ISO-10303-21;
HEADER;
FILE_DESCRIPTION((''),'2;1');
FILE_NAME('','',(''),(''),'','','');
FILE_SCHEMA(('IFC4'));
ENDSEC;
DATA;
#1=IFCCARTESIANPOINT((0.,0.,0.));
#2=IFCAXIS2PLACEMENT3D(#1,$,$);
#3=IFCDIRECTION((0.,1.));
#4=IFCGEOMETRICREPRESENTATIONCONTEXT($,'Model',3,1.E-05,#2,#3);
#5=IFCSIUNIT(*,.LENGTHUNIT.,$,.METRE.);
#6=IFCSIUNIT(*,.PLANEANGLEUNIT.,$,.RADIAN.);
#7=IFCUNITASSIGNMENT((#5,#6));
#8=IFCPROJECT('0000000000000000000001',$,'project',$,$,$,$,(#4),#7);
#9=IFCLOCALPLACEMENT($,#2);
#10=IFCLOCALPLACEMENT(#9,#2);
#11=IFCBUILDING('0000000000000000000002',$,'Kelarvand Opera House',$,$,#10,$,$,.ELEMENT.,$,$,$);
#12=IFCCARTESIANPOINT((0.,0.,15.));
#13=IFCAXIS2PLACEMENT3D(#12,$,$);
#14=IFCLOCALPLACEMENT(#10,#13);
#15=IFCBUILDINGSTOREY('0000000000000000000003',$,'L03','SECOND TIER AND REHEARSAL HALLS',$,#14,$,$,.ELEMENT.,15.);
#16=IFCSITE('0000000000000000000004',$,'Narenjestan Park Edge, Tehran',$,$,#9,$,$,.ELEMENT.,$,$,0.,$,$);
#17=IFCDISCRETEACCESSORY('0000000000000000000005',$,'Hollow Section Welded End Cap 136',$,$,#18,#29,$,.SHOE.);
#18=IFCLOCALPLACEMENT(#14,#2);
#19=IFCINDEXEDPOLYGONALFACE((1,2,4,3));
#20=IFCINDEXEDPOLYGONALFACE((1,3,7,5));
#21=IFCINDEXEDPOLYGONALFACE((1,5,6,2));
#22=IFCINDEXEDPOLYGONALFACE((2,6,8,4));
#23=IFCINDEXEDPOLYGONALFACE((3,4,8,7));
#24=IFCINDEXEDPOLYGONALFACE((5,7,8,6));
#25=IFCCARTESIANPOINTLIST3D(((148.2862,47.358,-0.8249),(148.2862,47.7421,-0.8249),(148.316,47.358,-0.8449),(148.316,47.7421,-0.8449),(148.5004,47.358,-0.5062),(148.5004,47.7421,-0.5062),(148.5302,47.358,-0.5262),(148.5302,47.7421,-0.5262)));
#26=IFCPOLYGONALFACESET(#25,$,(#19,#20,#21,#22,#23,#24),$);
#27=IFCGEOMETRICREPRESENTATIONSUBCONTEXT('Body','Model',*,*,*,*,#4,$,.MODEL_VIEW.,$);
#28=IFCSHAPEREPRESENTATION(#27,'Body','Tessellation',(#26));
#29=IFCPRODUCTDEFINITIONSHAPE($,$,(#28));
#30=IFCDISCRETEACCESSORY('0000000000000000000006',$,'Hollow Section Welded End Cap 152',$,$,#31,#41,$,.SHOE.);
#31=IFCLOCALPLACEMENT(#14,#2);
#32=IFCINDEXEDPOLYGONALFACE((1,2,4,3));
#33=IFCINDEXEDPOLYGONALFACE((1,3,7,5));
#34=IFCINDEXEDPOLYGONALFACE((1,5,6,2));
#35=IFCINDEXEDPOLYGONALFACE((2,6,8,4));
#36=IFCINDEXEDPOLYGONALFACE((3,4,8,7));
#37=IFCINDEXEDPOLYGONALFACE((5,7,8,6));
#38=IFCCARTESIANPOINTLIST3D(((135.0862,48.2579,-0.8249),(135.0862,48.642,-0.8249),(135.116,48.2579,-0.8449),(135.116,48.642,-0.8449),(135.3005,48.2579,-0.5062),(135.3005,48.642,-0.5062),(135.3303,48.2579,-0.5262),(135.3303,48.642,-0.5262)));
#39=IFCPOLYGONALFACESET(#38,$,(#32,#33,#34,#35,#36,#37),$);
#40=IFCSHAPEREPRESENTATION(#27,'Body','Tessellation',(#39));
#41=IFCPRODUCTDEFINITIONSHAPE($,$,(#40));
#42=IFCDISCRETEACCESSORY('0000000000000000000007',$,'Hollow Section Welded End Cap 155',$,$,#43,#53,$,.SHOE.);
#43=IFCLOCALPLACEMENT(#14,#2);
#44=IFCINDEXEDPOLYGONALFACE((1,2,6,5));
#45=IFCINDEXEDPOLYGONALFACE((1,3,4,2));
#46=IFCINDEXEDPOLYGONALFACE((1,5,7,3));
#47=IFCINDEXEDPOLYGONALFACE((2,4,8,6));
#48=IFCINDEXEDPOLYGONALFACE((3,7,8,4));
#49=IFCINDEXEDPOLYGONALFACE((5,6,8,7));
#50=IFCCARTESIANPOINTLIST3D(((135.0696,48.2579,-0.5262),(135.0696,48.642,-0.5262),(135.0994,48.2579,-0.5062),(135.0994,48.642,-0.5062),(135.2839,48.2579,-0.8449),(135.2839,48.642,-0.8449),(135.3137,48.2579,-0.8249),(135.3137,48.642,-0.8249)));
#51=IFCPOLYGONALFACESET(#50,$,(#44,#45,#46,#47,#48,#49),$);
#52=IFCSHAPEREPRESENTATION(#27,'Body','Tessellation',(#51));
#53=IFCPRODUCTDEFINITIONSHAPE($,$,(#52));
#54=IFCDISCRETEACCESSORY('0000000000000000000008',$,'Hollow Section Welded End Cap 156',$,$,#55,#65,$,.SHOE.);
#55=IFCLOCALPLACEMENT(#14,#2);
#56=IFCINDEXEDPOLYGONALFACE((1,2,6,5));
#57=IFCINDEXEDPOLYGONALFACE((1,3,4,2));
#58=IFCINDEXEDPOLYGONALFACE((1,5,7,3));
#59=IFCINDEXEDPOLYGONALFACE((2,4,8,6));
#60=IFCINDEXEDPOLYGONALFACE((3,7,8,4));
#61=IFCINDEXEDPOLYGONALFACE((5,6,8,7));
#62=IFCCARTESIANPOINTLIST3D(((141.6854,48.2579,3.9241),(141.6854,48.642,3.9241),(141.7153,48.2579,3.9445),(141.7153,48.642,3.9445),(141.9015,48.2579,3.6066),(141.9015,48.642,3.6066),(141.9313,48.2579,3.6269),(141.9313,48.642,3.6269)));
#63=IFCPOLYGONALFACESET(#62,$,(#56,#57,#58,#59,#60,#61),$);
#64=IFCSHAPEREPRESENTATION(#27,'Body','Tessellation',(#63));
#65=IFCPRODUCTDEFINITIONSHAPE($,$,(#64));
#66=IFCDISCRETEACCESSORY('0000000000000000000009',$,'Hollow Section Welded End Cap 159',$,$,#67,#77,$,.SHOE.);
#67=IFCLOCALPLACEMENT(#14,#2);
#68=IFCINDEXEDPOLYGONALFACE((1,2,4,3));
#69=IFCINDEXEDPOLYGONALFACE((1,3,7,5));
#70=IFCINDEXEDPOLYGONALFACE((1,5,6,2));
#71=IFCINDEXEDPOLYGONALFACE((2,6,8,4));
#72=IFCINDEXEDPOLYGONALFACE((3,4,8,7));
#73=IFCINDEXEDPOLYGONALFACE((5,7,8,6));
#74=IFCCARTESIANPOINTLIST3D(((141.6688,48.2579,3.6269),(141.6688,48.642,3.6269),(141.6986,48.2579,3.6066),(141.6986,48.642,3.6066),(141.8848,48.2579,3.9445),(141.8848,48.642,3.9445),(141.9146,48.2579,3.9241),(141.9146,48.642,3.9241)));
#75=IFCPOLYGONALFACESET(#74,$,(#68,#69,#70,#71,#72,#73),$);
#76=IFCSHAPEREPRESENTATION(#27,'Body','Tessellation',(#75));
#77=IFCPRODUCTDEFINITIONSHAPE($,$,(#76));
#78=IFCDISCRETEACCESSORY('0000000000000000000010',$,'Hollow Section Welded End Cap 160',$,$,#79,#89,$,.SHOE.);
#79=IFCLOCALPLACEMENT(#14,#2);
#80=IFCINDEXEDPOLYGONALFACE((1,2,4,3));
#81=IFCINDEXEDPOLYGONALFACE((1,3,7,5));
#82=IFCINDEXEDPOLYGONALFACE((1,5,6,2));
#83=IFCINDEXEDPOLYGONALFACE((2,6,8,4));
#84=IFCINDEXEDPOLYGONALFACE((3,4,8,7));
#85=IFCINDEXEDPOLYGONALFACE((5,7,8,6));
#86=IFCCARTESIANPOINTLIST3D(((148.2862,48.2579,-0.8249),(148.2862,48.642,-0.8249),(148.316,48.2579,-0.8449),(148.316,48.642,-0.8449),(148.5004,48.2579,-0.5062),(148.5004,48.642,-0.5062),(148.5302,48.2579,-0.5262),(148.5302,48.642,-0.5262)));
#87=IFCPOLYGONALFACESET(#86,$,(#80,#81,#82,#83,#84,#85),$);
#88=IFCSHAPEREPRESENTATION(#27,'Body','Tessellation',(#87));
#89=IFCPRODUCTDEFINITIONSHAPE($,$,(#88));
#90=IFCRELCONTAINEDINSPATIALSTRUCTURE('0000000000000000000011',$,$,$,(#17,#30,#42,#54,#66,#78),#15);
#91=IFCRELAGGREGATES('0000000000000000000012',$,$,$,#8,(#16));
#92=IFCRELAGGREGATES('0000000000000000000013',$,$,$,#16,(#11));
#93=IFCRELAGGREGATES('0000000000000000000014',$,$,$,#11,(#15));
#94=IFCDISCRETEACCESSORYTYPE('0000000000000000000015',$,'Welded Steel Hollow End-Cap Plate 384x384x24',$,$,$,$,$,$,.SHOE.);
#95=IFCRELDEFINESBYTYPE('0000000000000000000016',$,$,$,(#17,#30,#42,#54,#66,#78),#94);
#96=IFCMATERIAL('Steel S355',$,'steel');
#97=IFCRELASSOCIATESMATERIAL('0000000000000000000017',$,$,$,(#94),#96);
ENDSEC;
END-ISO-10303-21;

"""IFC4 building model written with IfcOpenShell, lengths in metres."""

from ifc_helpers import new_model, si_unit, direction, frame, origin, origin_2d, place, context, subcontext, project, spatial, rectangle, extrude, material, material_profile, profile_set, type_object, element, save


model = new_model("IFC4")

# Units and contexts
model_context = context("Model", 3, precision=1e-05, world=origin(), true_north=direction((0.0, 1.0)))
body_context = subcontext(model_context, "Body", "Model", "MODEL_VIEW")
ifc_project = project(units=[si_unit("LENGTHUNIT", "METRE"), si_unit("PLANEANGLEUNIT", "RADIAN")], contexts=[model_context])

# Site, building, storey
site_placement = place(None, origin())
site = spatial("IfcSite", under=ifc_project, at=site_placement, Name="Narenjestan Park Edge, Tehran", CompositionType="ELEMENT", RefElevation=0.0)
building_placement = place(site_placement, origin())
building = spatial("IfcBuilding", under=site, at=building_placement, Name="Kelarvand Opera House", CompositionType="ELEMENT")
storey_placement = place(building_placement, frame((0.0, 0.0, 15.0)))
storey = spatial("IfcBuildingStorey", under=building, at=storey_placement, Name="L03", Description="SECOND TIER AND REHEARSAL HALLS", CompositionType="ELEMENT", Elevation=15.0)

# Shared definitions
ifc_material_1 = material(Name="Steel S355", Category="steel")

# Discrete accessories
ifc_material_profile_1 = material_profile(ifc_material_1, rectangle(XDim=0.384, YDim=0.384, at=origin_2d()), Name="Welded Steel Hollow End-Cap Plate 384x384x24", Category="steel")
ifc_profile_set_1 = profile_set([ifc_material_profile_1], Name="Steel S355")
discrete_accessory_type = type_object("IfcDiscreteAccessoryType", Name="Welded Steel Hollow End-Cap Plate 384x384x24", PredefinedType="SHOE", material=ifc_profile_set_1)
for number, where, z_axis, x_axis, name in (
    (1, (148.3933, 47.55, -0.6655), (0.829951, 0.0, -0.557836), (0.0, 1.0, 0.0), "Hollow Section Welded End Cap 136"),
    (2, (135.1934, 48.45, -0.6655), (0.829951, 0.0, -0.557836), (0.0, 1.0, 0.0), "Hollow Section Welded End Cap 152"),
    (3, (135.2065, 48.45, -0.6655), (-0.829951, 0.0, -0.557836), (0.0, -1.0, 0.0), "Hollow Section Welded End Cap 155"),
):
    element("IfcDiscreteAccessory", number, at=place(storey_placement, frame(where, z_axis=z_axis, x_axis=x_axis)), inside=storey, type_object=discrete_accessory_type, Name=name, PredefinedType="SHOE", context=body_context, shape_type="SweptSolid", body=[
        extrude(rectangle(XDim=0.384, YDim=0.384, at=origin_2d()), origin(), (0.0, 0.0, 1.0), 0.0359),
    ])
for number, where, z_axis, x_axis, name in (
    (4, (141.7935, 48.45, 3.7654), (0.8268, 0.0, 0.562495), (0.0, 1.0, 0.0), "Hollow Section Welded End Cap 156"),
    (5, (141.8066, 48.45, 3.7654), (-0.8268, 0.0, 0.562495), (0.0, -1.0, 0.0), "Hollow Section Welded End Cap 159"),
):
    element("IfcDiscreteAccessory", number, at=place(storey_placement, frame(where, z_axis=z_axis, x_axis=x_axis)), inside=storey, type_object=discrete_accessory_type, Name=name, PredefinedType="SHOE", context=body_context, shape_type="SweptSolid", body=[
        extrude(rectangle(XDim=0.384, YDim=0.384, at=origin_2d()), origin(), (0.0, 0.0, 1.0), 0.0361),
    ])
discrete_accessory_1_placement = place(storey_placement, frame((148.3933, 48.45, -0.6655), z_axis=(0.829951, 0.0, -0.557836), x_axis=(0.0, 1.0, 0.0)))
element("IfcDiscreteAccessory", 6, at=discrete_accessory_1_placement, inside=storey, type_object=discrete_accessory_type, Name="Hollow Section Welded End Cap 160", PredefinedType="SHOE", context=body_context, shape_type="SweptSolid", body=[
    extrude(rectangle(XDim=0.384, YDim=0.384, at=origin_2d()), origin(), (0.0, 0.0, 1.0), 0.0359),
])

save(model, "model.ifc")
